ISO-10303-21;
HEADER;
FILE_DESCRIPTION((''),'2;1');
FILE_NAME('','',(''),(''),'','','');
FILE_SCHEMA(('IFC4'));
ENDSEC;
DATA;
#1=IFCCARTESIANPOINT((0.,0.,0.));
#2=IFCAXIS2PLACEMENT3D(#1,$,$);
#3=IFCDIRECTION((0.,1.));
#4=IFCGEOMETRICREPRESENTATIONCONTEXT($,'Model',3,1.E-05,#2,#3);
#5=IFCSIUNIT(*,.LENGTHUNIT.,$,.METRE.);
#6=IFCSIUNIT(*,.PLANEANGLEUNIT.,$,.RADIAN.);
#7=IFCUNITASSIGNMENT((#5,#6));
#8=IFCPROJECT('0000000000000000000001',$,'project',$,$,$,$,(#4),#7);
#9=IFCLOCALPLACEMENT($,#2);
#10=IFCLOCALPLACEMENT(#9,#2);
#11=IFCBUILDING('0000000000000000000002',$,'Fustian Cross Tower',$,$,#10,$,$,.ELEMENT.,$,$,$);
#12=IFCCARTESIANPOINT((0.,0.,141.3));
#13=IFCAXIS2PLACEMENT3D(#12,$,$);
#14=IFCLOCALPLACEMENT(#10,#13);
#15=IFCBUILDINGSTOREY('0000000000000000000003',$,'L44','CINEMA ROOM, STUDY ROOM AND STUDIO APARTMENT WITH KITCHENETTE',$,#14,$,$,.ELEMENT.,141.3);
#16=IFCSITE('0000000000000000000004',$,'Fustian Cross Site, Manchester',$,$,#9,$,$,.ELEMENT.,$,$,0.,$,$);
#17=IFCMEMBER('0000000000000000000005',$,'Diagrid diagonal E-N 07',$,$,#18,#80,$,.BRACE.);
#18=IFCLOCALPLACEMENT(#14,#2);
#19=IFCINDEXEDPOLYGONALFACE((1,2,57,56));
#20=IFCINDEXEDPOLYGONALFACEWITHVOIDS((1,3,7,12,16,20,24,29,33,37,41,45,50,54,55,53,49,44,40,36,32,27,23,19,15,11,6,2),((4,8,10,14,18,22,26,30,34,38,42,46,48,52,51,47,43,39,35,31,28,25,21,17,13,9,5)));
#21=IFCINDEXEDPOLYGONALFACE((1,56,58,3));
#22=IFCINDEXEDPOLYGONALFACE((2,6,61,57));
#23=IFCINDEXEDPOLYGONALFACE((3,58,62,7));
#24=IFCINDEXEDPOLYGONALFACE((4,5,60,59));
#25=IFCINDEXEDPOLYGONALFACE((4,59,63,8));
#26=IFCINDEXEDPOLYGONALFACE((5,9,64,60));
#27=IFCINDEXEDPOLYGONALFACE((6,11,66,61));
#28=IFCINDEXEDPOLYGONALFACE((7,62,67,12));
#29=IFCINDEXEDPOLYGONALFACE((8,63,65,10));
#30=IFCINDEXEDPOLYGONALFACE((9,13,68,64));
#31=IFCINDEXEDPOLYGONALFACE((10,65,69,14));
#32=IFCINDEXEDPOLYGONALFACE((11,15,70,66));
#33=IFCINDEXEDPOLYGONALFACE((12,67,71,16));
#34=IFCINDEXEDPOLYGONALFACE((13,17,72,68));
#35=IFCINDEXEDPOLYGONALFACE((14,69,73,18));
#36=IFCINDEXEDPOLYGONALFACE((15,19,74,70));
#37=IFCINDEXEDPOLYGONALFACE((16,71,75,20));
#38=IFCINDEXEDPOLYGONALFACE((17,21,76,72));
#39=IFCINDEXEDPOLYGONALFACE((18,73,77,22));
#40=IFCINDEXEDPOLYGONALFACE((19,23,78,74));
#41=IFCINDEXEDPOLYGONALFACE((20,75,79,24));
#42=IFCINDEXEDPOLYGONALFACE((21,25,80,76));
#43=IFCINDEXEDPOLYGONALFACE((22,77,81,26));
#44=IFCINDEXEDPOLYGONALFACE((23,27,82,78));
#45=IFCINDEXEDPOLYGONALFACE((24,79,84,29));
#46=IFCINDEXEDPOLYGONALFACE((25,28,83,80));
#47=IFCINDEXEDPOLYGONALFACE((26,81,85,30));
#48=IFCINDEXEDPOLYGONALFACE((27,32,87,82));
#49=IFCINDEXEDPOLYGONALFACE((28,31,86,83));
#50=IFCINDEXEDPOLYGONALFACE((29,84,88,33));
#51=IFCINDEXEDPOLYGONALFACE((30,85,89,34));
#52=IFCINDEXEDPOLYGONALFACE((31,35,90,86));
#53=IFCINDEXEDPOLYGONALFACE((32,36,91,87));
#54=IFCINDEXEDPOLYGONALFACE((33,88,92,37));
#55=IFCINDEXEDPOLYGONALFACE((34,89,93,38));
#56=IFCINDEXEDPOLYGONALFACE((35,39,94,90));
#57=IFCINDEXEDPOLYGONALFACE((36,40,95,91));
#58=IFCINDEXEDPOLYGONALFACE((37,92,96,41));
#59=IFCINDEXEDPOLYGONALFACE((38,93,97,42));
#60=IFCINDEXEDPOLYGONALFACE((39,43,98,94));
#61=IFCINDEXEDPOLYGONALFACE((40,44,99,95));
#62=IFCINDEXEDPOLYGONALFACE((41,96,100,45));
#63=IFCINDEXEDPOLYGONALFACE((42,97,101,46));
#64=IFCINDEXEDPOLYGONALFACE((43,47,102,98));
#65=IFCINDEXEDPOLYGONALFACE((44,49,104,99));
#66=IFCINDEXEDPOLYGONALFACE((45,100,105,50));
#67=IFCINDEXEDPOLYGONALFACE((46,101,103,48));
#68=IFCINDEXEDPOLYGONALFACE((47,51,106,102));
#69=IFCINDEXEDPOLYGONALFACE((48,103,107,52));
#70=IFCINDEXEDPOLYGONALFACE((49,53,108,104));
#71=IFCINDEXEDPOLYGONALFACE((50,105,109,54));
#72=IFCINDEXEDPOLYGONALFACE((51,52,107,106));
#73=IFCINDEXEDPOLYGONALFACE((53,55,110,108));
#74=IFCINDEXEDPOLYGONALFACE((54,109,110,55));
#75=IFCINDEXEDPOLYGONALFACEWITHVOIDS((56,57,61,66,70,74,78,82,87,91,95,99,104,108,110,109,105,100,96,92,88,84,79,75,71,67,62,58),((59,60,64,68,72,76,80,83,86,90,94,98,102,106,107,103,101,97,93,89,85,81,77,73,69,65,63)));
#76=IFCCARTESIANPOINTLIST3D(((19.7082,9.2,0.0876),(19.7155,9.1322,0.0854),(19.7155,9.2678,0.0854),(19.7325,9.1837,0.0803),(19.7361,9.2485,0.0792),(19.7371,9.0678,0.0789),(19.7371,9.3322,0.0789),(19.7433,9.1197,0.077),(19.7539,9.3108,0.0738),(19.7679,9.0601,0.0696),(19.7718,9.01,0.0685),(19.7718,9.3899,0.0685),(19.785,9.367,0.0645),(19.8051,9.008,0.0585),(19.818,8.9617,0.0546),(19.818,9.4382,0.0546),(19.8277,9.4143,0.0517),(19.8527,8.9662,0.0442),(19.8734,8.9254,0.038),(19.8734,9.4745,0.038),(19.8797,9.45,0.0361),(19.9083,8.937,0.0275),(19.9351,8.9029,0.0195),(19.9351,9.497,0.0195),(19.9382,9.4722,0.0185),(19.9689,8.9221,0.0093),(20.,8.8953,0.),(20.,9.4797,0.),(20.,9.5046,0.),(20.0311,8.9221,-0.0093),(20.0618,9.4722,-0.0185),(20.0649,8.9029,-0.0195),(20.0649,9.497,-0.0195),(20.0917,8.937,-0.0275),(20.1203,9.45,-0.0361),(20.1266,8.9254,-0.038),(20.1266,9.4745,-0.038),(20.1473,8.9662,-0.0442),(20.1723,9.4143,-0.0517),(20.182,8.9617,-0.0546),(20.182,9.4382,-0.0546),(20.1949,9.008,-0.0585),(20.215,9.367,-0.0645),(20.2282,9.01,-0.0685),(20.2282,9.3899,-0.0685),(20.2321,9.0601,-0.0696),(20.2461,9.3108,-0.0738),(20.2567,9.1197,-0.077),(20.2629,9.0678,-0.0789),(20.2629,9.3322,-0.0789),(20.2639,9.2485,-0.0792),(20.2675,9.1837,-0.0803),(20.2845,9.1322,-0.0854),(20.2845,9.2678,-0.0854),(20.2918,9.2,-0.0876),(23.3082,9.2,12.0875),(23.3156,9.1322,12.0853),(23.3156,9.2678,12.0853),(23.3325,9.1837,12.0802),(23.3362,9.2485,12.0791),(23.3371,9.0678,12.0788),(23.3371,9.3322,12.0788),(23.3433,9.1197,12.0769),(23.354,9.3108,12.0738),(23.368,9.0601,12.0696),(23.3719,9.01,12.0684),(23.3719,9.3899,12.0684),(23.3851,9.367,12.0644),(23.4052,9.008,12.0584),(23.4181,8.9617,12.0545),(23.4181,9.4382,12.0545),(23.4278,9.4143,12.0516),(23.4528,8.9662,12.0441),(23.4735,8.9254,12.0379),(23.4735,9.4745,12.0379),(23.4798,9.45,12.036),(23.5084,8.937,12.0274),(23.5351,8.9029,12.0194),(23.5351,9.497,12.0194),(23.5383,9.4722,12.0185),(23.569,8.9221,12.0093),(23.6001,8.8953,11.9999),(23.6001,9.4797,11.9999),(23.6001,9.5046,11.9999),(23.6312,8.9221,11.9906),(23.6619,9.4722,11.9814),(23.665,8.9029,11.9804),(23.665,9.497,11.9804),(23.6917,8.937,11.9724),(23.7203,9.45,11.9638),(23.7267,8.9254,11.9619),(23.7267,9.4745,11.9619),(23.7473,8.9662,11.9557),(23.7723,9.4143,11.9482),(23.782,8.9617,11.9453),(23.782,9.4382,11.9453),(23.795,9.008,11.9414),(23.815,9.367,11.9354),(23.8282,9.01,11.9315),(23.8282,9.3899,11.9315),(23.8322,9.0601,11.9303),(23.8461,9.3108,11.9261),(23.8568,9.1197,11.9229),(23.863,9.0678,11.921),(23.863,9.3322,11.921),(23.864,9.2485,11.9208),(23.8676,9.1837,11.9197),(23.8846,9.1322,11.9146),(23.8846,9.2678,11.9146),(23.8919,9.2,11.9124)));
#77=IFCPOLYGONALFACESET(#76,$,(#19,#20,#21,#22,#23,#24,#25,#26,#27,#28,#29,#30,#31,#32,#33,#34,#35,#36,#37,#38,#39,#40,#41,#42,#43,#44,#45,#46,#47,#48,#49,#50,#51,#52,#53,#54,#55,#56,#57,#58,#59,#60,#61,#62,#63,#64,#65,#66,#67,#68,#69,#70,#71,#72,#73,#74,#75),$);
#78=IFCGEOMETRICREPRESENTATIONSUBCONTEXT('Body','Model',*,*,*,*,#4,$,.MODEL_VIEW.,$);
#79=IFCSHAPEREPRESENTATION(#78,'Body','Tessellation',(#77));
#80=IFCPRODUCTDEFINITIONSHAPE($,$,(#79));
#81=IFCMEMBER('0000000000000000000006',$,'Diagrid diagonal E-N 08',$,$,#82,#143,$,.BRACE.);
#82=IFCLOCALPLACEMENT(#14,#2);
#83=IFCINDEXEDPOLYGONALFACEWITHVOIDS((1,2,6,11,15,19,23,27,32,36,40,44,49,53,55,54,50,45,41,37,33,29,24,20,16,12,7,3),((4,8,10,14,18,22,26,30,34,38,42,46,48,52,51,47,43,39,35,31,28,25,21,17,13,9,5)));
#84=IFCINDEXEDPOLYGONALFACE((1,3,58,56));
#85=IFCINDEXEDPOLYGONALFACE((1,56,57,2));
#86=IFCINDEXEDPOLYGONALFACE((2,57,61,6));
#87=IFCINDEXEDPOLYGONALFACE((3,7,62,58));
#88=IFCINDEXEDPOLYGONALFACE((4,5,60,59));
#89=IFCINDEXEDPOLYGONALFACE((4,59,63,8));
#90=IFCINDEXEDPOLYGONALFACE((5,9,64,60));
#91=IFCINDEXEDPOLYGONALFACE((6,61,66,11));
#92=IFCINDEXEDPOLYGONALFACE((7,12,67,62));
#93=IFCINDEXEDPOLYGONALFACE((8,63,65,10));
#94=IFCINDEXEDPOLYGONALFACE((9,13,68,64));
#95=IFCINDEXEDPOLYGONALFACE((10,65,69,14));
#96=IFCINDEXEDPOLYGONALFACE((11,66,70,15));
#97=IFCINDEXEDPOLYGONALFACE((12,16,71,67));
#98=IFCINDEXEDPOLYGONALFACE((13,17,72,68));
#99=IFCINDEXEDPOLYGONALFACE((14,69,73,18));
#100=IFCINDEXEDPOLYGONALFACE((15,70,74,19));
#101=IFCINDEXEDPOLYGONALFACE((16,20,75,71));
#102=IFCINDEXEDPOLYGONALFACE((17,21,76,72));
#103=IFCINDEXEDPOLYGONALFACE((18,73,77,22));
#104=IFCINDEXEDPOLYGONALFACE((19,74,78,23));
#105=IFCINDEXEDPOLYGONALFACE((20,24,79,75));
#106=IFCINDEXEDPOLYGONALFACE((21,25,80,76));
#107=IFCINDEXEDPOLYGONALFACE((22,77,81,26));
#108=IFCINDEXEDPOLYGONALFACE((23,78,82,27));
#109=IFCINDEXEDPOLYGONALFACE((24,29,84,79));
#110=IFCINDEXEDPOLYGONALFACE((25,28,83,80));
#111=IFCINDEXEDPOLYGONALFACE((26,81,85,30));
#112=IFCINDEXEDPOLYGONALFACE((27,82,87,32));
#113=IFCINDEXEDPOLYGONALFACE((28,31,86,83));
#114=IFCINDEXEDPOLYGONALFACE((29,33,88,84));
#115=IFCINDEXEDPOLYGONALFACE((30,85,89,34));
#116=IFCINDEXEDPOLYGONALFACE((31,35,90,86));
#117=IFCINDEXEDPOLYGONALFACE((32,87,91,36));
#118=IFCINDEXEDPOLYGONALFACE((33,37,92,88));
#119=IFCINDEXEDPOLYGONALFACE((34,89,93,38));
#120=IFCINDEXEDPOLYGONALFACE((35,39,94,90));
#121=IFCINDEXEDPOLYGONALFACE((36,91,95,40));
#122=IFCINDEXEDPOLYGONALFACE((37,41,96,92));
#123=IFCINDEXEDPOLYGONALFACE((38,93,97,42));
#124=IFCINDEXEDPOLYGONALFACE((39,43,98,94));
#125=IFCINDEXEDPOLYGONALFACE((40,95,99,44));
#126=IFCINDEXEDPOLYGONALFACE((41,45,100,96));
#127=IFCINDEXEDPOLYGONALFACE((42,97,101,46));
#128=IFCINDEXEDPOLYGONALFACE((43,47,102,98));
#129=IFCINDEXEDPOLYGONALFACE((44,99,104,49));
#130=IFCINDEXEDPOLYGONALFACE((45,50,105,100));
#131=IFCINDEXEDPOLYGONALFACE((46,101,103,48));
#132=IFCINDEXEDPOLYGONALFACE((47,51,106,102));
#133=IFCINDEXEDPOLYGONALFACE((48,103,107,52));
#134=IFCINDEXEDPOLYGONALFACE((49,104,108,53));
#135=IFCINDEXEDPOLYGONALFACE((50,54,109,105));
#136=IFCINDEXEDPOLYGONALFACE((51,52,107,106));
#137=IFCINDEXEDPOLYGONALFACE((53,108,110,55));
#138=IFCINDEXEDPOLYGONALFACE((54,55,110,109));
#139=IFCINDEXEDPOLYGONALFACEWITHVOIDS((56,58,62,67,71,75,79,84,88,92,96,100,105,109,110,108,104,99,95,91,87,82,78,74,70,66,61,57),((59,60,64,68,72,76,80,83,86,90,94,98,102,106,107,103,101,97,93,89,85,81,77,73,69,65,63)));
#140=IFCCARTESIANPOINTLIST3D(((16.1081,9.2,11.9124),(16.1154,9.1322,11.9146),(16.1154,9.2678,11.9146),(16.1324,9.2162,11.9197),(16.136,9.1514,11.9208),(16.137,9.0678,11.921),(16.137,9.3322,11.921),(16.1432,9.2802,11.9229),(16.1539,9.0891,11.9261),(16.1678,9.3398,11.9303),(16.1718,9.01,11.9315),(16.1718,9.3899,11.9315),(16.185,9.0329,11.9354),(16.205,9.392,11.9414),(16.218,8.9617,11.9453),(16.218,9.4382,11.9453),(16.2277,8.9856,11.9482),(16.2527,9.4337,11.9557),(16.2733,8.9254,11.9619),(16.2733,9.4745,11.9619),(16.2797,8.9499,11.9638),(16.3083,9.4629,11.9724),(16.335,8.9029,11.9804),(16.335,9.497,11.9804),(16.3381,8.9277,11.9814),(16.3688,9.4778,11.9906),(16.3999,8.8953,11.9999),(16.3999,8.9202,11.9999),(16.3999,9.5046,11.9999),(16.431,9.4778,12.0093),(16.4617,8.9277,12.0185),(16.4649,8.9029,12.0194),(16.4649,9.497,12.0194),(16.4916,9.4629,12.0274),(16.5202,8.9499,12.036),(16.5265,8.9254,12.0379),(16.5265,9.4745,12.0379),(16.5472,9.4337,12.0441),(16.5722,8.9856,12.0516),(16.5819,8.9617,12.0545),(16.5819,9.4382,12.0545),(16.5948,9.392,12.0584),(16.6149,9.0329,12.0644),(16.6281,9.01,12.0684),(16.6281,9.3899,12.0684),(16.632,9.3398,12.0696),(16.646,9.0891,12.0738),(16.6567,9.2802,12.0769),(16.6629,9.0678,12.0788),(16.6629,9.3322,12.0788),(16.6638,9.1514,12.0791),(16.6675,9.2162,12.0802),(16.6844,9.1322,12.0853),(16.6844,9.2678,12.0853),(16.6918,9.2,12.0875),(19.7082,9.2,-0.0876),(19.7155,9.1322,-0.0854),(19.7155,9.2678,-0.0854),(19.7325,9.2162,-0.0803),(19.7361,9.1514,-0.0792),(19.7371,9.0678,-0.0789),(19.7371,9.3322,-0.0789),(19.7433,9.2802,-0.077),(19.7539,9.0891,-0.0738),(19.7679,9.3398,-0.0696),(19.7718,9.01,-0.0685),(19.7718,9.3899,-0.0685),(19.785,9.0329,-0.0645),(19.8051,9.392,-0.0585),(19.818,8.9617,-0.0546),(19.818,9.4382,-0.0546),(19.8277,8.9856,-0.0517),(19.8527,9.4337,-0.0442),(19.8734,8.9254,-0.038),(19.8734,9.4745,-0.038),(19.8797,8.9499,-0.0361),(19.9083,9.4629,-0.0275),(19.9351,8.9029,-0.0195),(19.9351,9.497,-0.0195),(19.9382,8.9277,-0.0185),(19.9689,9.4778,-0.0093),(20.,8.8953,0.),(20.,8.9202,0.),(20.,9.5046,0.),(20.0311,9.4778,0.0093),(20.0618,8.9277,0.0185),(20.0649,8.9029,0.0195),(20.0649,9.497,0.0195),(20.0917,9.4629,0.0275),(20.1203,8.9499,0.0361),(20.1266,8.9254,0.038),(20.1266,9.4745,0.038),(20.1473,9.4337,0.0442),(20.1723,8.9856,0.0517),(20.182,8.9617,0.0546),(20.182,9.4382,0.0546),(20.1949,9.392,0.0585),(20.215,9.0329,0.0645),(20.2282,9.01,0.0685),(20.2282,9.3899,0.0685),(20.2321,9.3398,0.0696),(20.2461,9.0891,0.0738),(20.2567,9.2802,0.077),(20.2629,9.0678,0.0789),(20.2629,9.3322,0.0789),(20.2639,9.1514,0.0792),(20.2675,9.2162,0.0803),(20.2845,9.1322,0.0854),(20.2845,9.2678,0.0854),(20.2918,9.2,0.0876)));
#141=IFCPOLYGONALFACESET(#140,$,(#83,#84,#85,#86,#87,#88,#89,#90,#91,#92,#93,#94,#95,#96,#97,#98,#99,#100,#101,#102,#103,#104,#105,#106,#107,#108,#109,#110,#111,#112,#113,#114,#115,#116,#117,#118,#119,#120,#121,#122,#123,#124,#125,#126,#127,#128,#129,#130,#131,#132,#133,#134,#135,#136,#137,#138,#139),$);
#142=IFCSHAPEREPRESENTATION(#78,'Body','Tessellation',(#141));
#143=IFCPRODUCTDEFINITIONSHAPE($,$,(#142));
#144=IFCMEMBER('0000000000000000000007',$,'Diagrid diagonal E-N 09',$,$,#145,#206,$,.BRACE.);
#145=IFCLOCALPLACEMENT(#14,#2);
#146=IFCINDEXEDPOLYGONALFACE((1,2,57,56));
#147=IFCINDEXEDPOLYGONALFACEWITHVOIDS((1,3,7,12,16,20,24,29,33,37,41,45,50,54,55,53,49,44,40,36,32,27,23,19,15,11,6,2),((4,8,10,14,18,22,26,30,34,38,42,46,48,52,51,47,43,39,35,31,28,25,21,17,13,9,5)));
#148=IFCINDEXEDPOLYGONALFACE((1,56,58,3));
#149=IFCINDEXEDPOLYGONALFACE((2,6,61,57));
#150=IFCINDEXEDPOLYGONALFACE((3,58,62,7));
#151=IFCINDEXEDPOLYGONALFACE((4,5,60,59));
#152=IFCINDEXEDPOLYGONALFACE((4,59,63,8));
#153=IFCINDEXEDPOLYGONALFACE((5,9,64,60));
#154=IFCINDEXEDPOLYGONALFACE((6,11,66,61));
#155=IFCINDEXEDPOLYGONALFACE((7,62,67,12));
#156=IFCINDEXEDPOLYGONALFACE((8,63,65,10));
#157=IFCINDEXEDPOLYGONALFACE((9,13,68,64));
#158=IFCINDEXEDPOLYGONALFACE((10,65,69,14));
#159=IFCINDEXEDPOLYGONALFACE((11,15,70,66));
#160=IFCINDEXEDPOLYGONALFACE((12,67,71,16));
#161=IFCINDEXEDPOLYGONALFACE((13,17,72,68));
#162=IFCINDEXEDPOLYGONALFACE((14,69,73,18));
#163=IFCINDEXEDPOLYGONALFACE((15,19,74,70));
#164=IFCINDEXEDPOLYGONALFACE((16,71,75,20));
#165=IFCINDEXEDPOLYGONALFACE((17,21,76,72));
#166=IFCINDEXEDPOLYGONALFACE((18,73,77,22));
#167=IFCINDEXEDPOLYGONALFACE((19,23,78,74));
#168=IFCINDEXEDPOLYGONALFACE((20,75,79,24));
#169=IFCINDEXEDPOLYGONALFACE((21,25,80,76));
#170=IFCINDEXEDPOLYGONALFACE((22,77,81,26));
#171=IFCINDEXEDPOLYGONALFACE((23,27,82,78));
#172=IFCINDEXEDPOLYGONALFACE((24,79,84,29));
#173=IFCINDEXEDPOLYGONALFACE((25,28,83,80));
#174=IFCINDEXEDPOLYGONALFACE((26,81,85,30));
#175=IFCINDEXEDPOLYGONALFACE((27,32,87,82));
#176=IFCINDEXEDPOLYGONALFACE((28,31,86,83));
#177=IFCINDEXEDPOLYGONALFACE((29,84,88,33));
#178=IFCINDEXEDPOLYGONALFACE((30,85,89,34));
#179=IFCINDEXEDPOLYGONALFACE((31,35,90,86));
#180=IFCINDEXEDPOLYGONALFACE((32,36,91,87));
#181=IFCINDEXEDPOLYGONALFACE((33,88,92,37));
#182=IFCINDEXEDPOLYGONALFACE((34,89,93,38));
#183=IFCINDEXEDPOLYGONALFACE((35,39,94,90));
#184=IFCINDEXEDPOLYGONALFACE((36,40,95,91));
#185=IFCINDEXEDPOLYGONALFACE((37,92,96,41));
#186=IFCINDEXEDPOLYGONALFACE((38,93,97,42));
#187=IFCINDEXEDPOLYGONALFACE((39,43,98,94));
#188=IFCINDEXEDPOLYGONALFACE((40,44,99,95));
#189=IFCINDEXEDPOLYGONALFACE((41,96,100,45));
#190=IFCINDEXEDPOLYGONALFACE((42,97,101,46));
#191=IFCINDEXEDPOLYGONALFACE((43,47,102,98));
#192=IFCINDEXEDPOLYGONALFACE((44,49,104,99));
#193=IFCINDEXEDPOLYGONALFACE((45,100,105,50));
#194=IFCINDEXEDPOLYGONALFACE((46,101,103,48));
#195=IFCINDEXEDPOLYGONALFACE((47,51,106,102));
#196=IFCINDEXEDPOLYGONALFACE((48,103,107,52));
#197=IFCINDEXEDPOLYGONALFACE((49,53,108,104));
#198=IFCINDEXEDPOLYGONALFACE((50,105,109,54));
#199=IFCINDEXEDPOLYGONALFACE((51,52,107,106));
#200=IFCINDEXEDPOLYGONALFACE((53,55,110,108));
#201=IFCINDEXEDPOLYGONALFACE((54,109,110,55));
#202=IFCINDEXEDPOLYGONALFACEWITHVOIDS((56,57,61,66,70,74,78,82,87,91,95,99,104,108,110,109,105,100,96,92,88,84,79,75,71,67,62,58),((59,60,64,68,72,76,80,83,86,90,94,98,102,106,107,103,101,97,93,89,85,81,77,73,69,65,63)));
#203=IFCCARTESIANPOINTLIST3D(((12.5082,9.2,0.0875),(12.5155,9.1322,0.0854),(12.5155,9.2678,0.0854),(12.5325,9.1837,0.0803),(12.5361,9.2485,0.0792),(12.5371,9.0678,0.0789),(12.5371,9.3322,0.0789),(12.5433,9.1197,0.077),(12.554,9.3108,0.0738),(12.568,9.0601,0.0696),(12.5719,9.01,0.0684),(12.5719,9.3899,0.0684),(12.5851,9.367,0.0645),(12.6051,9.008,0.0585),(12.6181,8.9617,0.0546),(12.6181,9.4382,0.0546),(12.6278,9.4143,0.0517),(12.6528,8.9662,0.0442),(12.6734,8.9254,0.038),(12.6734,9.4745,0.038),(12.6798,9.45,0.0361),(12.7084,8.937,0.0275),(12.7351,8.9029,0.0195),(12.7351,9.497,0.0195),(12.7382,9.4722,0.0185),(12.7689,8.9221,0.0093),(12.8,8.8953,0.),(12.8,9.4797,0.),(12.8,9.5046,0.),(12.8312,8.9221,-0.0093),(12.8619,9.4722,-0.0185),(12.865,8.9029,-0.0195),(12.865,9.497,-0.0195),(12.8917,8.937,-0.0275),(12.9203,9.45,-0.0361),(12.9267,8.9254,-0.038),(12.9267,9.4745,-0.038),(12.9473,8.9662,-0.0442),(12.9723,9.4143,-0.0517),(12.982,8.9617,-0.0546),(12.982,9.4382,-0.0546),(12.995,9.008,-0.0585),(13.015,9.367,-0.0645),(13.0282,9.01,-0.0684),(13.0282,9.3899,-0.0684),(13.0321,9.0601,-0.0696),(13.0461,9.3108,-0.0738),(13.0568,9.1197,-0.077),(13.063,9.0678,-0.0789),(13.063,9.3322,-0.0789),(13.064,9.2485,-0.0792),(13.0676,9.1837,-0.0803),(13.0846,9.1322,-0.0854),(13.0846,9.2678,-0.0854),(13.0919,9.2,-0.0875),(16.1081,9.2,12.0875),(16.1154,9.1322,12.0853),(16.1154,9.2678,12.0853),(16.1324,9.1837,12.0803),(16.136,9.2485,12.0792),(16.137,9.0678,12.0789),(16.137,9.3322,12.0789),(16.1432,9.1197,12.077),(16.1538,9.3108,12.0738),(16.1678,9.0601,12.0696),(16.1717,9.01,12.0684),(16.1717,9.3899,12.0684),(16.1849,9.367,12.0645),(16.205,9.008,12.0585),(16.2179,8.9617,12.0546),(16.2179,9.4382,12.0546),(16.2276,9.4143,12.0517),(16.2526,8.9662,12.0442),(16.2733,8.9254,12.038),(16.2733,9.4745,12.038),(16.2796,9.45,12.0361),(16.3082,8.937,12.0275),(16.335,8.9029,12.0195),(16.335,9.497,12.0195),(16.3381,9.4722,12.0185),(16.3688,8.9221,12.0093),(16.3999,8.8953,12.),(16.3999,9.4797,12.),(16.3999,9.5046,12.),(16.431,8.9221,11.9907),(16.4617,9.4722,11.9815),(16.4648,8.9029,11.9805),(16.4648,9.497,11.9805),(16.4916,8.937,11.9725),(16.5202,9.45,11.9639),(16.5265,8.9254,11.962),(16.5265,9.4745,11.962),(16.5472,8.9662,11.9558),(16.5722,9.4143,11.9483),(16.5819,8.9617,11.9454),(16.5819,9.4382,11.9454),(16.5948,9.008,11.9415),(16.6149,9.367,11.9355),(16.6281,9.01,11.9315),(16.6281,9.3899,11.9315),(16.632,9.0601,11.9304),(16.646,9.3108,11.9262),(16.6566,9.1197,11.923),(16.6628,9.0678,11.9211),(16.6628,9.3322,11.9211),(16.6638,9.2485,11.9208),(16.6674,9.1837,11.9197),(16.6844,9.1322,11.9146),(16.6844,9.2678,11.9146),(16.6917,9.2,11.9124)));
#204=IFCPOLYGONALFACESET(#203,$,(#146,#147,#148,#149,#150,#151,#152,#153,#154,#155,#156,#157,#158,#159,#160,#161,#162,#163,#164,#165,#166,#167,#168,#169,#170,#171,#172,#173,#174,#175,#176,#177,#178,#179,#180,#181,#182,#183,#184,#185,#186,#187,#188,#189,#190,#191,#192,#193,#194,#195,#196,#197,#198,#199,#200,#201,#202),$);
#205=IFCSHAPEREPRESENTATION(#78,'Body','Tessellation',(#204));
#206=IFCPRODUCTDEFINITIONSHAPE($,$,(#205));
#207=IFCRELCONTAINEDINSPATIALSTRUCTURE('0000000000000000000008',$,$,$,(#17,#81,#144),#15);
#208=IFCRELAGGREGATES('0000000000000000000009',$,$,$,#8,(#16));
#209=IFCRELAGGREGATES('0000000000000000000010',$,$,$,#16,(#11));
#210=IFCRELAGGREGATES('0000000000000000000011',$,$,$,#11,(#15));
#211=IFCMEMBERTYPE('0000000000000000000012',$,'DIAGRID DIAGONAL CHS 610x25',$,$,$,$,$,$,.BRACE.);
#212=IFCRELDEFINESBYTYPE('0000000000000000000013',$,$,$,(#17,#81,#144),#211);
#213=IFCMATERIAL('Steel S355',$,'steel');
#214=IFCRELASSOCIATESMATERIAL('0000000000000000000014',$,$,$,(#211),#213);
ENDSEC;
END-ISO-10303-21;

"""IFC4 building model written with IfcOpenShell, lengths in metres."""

from ifc_helpers import new_model, si_unit, direction, frame, origin, origin_2d, place, context, subcontext, project, spatial, hollow_circle, extrude, material, material_profile, profile_set, type_object, element, save


model = new_model("IFC4")

# Units and contexts
model_context = context("Model", 3, precision=1e-05, world=origin(), true_north=direction((0.0, 1.0)))
body_context = subcontext(model_context, "Body", "Model", "MODEL_VIEW")
ifc_project = project(units=[si_unit("LENGTHUNIT", "METRE"), si_unit("PLANEANGLEUNIT", "RADIAN")], contexts=[model_context])

# Site, building, storey
site_placement = place(None, origin())
site = spatial("IfcSite", under=ifc_project, at=site_placement, Name="Fustian Cross Site, Manchester", CompositionType="ELEMENT", RefElevation=0.0)
building_placement = place(site_placement, origin())
building = spatial("IfcBuilding", under=site, at=building_placement, Name="Fustian Cross Tower", CompositionType="ELEMENT")
storey_placement = place(building_placement, frame((0.0, 0.0, 141.3)))
storey = spatial("IfcBuildingStorey", under=building, at=storey_placement, Name="L44", Description="CINEMA ROOM, STUDY ROOM AND STUDIO APARTMENT WITH KITCHENETTE", CompositionType="ELEMENT", Elevation=141.3)

# Members
ifc_material_1 = material(Name="Steel S355", Category="steel")
ifc_material_profile_1 = material_profile(ifc_material_1, hollow_circle(Radius=0.3047, WallThickness=0.0249, at=origin_2d()), Name="CHS 610x25")
ifc_profile_set_1 = profile_set([ifc_material_profile_1], Name="Steel S355")
member_type_1 = type_object("IfcMemberType", Name="DIAGRID DIAGONAL CHS 610x25", PredefinedType="BRACE", material=ifc_profile_set_1)
for number, where, z_axis, x_axis, name in (
    (1, (20.0, 9.2, 0.0), (0.287355, 0.0, 0.957824), (0.0, 1.0, 0.0), "Diagrid diagonal E-N 07"),
    (2, (20.0, 9.2, 0.0), (-0.287355, 0.0, 0.957824), (0.0, -1.0, 0.0), "Diagrid diagonal E-N 08"),
    (3, (12.8, 9.2, 0.0), (0.287337, 0.0, 0.95783), (0.0, 1.0, 0.0), "Diagrid diagonal E-N 09"),
):
    element("IfcMember", number, at=place(storey_placement, frame(where, z_axis=z_axis, x_axis=x_axis)), inside=storey, type_object=member_type_1, Name=name, PredefinedType="BRACE", context=body_context, shape_type="SweptSolid", body=[
        extrude(hollow_circle(Radius=0.3047, WallThickness=0.0249, at=origin_2d()), origin(), (0.0, 0.0, 1.0), 12.5283),
    ])

save(model, "model.ifc")
